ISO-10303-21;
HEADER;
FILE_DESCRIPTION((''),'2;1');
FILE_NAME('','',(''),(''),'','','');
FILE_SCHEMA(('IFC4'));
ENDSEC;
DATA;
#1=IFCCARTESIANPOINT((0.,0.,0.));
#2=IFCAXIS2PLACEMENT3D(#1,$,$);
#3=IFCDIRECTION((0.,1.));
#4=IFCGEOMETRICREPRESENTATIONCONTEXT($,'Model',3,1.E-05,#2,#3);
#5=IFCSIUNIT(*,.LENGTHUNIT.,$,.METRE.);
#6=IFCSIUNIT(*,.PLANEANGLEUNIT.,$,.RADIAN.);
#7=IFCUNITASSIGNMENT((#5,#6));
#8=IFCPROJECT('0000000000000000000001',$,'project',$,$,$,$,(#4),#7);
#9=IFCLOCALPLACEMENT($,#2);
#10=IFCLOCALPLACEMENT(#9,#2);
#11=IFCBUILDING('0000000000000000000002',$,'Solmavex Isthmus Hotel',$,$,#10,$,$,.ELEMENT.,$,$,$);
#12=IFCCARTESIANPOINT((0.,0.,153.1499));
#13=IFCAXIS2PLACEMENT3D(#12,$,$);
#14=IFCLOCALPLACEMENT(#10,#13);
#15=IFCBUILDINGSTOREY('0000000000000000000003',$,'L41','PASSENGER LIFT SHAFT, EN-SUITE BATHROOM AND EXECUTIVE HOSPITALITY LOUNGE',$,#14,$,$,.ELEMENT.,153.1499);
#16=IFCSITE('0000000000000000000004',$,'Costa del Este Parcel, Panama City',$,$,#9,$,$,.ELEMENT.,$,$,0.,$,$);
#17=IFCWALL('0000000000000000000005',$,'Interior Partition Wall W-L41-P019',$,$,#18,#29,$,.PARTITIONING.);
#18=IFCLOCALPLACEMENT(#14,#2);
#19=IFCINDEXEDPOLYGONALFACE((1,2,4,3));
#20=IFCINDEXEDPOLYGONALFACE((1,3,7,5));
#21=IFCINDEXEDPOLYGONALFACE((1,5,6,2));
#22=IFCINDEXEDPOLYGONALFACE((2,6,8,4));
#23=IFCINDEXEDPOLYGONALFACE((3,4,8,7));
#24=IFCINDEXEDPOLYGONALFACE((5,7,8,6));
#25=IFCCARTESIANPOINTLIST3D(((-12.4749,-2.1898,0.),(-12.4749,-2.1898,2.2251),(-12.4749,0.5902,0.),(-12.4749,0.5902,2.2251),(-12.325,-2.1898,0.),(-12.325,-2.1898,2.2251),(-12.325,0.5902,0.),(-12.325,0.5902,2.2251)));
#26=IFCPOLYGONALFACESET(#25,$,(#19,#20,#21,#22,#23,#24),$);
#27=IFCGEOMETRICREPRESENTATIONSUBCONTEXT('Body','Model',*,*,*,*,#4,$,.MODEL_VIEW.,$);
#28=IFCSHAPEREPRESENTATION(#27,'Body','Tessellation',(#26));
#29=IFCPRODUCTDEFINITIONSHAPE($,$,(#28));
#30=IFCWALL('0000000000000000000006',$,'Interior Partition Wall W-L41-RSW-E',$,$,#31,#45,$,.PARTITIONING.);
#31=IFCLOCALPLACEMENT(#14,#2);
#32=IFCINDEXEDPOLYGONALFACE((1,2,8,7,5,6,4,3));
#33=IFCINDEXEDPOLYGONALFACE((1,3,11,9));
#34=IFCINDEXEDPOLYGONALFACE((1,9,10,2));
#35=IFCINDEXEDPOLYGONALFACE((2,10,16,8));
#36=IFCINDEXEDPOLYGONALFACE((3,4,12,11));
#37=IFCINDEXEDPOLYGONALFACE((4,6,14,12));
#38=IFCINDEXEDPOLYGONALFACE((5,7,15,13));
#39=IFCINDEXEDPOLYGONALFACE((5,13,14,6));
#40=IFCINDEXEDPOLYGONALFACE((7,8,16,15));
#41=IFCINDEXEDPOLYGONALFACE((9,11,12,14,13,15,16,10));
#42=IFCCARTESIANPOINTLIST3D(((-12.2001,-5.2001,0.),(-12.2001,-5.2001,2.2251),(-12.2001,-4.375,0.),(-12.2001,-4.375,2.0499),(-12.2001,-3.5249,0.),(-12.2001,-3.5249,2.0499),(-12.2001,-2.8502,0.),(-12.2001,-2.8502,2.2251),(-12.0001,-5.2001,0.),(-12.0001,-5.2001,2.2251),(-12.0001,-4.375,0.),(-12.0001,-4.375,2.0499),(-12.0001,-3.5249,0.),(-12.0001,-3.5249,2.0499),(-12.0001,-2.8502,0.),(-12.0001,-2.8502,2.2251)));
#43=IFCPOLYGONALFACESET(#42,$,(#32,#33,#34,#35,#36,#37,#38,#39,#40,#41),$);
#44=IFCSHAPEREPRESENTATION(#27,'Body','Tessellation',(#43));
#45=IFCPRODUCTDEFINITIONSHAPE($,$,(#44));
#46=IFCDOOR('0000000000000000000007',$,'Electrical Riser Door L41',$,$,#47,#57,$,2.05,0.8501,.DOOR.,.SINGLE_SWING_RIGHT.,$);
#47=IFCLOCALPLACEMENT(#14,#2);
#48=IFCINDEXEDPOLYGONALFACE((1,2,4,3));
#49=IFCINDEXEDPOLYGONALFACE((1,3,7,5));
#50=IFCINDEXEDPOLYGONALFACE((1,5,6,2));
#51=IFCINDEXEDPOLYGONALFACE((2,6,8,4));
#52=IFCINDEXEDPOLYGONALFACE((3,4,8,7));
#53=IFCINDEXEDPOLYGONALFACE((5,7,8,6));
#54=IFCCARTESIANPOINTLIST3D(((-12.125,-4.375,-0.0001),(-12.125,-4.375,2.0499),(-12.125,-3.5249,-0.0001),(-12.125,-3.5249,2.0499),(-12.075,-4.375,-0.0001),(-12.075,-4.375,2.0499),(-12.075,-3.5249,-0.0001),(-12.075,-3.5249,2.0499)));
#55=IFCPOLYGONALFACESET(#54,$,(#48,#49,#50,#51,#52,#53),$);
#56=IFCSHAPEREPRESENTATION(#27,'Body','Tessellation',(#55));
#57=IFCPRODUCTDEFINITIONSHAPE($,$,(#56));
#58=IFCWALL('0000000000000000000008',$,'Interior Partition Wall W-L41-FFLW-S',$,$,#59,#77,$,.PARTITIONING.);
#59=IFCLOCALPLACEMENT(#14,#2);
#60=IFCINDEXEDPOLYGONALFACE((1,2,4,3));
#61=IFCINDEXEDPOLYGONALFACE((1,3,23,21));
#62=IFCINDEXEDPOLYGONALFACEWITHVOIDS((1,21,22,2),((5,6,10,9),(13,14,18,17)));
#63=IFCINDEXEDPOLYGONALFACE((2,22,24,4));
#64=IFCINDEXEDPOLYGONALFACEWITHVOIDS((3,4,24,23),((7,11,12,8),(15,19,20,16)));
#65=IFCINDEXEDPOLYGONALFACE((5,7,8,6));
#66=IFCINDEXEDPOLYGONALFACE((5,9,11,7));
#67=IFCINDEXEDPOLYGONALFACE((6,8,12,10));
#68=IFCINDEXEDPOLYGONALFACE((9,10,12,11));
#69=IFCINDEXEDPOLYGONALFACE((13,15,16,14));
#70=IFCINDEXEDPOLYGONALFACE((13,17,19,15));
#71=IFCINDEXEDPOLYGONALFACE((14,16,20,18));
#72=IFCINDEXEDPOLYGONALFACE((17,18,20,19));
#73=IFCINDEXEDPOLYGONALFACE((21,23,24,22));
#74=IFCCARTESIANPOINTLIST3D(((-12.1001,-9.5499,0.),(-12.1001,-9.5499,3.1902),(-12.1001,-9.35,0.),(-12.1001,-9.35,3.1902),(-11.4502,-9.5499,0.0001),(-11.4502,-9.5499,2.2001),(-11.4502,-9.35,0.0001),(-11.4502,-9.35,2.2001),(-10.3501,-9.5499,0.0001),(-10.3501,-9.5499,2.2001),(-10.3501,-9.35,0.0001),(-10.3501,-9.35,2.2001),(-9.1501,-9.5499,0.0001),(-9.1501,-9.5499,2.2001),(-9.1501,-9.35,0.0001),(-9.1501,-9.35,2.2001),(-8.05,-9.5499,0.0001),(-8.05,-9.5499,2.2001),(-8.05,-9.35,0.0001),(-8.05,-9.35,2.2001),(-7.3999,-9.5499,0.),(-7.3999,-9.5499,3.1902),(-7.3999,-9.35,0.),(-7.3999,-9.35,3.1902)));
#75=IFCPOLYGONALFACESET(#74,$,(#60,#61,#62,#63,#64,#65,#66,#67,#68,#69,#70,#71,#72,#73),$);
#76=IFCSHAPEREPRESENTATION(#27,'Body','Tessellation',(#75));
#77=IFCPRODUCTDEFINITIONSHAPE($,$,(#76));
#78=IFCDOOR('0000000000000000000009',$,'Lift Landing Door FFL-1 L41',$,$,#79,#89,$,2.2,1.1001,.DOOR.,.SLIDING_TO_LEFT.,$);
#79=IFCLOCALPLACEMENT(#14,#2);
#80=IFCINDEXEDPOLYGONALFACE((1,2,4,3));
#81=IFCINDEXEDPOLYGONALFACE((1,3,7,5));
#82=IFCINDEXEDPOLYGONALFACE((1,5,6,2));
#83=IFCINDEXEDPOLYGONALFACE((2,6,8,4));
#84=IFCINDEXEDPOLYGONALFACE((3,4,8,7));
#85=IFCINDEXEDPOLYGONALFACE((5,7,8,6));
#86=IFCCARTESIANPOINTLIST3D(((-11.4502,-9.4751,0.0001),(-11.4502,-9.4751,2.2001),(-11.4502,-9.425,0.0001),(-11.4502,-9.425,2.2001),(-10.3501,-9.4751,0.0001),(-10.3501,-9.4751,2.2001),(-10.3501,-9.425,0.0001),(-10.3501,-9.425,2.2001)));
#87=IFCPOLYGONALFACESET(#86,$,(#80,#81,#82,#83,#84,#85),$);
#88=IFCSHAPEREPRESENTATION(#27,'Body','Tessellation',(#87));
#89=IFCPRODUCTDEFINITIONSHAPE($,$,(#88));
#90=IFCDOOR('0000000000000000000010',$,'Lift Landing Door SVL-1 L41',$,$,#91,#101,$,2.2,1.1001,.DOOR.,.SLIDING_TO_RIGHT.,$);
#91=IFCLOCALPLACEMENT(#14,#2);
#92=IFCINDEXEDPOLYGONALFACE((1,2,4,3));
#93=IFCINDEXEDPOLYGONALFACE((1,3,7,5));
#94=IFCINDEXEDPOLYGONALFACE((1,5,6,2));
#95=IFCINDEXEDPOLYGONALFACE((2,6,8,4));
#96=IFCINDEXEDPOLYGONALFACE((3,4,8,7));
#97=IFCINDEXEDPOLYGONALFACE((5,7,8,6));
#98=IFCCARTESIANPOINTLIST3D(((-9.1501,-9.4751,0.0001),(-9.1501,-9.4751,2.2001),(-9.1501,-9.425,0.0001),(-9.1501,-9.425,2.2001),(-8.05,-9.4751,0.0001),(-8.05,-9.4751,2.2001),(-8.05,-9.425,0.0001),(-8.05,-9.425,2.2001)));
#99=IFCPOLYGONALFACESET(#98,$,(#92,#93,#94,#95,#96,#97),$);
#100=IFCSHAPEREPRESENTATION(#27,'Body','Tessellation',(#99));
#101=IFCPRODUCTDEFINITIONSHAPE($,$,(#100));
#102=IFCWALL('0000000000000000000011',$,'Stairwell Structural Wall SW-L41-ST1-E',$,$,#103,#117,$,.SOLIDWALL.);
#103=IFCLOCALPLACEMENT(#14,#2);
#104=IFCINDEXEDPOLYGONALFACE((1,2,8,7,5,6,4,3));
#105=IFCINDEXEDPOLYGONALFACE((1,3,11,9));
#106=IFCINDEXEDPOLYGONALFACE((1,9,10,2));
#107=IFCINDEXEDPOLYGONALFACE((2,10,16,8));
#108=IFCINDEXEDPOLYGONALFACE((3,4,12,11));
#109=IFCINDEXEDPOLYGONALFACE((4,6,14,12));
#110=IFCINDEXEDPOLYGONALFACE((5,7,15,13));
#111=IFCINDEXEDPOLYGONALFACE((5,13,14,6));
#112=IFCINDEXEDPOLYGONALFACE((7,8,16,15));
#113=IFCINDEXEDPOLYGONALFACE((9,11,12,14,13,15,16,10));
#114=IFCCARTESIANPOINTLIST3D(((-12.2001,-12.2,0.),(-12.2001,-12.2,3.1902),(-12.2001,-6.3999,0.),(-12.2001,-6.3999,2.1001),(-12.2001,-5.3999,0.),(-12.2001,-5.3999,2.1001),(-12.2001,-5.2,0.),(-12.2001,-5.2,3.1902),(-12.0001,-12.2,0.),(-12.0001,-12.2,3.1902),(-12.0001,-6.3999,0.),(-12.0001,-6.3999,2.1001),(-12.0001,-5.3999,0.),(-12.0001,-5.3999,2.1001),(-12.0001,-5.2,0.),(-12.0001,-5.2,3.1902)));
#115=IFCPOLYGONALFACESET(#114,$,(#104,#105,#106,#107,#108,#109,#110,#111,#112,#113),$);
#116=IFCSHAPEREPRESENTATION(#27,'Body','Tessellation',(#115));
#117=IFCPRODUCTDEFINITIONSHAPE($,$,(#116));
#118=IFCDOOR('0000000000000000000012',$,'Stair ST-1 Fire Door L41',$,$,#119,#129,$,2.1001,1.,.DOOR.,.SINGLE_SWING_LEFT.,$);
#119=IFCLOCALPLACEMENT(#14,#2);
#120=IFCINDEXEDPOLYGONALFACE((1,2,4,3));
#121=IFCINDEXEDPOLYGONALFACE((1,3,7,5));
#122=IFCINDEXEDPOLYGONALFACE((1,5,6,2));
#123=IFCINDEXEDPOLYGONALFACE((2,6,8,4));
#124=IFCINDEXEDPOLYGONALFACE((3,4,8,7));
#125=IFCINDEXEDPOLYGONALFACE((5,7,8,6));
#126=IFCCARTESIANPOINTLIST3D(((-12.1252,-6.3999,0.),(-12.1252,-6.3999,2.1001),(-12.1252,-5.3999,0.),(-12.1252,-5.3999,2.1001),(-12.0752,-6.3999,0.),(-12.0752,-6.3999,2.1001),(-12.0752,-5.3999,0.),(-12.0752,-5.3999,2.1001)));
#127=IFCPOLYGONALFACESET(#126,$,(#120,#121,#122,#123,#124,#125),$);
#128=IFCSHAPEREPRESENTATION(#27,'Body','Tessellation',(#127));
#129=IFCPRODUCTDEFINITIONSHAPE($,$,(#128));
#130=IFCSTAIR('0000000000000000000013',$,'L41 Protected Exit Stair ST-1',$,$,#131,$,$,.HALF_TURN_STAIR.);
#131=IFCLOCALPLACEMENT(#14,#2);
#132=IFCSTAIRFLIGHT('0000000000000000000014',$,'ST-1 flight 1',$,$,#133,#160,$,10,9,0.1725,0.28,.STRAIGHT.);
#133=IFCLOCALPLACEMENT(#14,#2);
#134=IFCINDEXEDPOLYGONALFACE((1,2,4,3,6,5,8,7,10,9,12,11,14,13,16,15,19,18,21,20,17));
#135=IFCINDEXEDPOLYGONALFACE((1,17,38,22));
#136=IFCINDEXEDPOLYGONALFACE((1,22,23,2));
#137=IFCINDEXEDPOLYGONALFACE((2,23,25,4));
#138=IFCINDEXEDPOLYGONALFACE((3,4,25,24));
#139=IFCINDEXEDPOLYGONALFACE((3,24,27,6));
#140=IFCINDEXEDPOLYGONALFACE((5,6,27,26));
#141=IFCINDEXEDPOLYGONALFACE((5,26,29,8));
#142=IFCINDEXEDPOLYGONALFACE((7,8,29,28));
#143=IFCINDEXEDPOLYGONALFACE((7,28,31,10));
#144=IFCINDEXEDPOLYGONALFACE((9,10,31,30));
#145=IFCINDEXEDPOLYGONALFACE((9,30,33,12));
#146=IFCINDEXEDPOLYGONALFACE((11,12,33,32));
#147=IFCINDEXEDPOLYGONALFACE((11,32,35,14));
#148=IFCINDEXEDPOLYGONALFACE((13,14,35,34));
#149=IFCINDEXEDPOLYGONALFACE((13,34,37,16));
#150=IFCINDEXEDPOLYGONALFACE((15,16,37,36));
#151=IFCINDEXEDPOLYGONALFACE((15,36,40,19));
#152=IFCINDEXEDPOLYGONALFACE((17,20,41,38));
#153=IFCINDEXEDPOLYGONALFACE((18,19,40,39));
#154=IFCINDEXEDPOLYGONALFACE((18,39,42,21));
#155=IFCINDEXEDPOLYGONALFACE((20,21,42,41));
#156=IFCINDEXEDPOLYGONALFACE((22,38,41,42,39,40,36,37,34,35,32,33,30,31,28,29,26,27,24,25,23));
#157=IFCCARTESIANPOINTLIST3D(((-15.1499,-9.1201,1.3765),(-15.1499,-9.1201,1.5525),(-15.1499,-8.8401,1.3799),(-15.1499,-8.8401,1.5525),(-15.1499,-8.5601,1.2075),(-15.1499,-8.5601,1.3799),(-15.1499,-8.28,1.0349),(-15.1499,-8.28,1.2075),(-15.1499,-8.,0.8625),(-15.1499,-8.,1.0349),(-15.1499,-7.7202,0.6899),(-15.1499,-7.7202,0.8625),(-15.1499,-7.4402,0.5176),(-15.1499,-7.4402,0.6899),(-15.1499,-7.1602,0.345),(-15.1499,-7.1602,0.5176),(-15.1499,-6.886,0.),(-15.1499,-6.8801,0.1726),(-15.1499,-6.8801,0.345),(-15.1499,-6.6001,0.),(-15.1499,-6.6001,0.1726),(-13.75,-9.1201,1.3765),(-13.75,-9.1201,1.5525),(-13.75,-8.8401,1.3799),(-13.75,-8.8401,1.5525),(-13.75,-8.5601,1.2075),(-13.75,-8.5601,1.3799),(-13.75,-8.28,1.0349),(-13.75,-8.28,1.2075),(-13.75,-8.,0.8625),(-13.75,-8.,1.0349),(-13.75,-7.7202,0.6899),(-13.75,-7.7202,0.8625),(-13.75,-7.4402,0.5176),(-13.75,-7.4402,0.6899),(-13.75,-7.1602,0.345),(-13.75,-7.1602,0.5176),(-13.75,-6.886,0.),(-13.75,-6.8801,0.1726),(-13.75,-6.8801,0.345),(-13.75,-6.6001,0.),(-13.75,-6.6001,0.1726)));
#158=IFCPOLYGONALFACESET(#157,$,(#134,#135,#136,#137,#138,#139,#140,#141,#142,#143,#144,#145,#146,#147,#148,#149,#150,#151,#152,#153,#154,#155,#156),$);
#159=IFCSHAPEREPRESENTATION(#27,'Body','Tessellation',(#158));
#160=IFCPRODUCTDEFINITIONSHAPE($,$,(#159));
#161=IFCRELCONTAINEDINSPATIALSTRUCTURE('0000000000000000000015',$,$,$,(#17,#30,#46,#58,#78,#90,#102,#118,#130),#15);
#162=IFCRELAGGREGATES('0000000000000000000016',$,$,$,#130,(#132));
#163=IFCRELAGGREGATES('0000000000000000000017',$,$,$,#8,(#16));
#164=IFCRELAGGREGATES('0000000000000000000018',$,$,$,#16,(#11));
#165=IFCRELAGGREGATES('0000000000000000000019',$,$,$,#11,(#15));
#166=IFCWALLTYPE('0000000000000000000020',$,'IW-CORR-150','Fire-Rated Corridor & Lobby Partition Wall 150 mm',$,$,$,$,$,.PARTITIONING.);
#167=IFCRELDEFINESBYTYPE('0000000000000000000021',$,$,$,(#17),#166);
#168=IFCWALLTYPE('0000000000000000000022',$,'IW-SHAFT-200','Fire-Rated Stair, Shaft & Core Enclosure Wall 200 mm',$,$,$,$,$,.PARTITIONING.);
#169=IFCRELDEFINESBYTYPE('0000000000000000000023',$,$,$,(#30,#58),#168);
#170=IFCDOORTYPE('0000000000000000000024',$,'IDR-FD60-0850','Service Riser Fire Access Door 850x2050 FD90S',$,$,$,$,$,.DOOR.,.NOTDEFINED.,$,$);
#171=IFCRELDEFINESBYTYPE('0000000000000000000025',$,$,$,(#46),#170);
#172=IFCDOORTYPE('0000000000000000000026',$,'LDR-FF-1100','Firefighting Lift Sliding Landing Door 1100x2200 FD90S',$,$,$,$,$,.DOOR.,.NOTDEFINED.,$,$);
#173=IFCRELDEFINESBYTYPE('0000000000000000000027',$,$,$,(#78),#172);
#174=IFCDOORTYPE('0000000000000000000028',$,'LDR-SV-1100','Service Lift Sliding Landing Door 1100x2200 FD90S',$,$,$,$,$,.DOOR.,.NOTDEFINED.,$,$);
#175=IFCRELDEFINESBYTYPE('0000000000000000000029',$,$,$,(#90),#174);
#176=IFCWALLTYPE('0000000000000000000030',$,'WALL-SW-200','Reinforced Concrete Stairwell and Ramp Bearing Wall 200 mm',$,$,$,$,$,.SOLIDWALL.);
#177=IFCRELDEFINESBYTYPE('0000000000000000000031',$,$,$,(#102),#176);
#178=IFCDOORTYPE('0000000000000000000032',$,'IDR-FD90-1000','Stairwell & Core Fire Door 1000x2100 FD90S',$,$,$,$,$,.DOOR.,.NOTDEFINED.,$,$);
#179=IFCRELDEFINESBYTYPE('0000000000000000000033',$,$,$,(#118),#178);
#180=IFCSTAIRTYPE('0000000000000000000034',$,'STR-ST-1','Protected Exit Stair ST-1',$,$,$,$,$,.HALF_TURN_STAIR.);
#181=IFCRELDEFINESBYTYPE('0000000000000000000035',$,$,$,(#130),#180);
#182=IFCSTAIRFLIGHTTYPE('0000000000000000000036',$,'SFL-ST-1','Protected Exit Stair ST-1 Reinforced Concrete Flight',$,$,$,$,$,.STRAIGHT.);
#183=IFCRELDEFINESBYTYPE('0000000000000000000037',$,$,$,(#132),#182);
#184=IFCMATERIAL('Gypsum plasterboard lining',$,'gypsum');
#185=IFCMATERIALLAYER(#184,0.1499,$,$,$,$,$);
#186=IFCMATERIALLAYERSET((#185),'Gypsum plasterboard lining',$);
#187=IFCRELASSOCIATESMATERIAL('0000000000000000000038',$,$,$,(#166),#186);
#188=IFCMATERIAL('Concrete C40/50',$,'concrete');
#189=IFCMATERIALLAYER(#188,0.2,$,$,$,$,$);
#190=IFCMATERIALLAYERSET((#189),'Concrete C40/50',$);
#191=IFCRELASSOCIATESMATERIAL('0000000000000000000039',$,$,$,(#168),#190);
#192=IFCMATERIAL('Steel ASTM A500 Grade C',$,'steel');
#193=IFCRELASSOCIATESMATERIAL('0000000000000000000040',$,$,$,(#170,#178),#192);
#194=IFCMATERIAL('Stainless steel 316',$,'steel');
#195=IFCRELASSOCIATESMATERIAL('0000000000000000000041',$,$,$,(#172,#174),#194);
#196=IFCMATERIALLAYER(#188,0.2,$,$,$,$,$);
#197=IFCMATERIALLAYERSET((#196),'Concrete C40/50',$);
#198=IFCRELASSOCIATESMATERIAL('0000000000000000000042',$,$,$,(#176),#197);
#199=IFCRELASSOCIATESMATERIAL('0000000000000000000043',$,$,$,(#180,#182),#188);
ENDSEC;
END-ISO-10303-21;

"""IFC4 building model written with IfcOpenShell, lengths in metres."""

from ifc_helpers import new_model, si_unit, direction, frame, frame_2d, origin, place, context, subcontext, project, spatial, polyline, rectangle, outline, extrude, material, layer, layer_set, type_object, element, fill, aggregate, save


model = new_model("IFC4")

# Units and contexts
model_context = context("Model", 3, precision=1e-05, world=origin(), true_north=direction((0.0, 1.0)))
body_context = subcontext(model_context, "Body", "Model", "MODEL_VIEW")
ifc_project = project(units=[si_unit("LENGTHUNIT", "METRE"), si_unit("PLANEANGLEUNIT", "RADIAN")], contexts=[model_context])

# Site, building, storey
site_placement = place(None, origin())
site = spatial("IfcSite", under=ifc_project, at=site_placement, Name="Costa del Este Parcel, Panama City", CompositionType="ELEMENT", RefElevation=0.0)
building_placement = place(site_placement, origin())
building = spatial("IfcBuilding", under=site, at=building_placement, Name="Solmavex Isthmus Hotel", CompositionType="ELEMENT")
storey_placement = place(building_placement, frame((0.0, 0.0, 153.1499)))
storey = spatial("IfcBuildingStorey", under=building, at=storey_placement, Name="L41", Description="PASSENGER LIFT SHAFT, EN-SUITE BATHROOM AND EXECUTIVE HOSPITALITY LOUNGE", CompositionType="ELEMENT", Elevation=153.1499)

# Wall
ifc_material_1 = material(Name="Gypsum plasterboard lining", Category="gypsum")
ifc_layer_1 = layer(ifc_material_1, 0.1499)
ifc_layer_set_1 = layer_set([ifc_layer_1], Name="Gypsum plasterboard lining")
wall_type_1 = type_object("IfcWallType", Name="IW-CORR-150", Description="Fire-Rated Corridor & Lobby Partition Wall 150 mm", PredefinedType="PARTITIONING", material=ifc_layer_set_1)
wall_1_placement = place(storey_placement, frame((-12.3999, -2.1899, 0.0), z_axis=(0.0, 0.0, 1.0), x_axis=(0.0, 1.0, 0.0)))
element("IfcWall", 1, at=wall_1_placement, inside=storey, type_object=wall_type_1, Name="Interior Partition Wall W-L41-P019", PredefinedType="PARTITIONING", context=body_context, shape_type="SweptSolid", body=[
    extrude(rectangle(XDim=2.78, YDim=0.1499, at=frame_2d((1.3901, 0.0))), origin(), (0.0, 0.0, 1.0), 2.2251),
])

# Wall, opening, door
ifc_material_2 = material(Name="Concrete C40/50", Category="concrete")
ifc_layer_2 = layer(ifc_material_2, 0.2)
ifc_layer_set_2 = layer_set([ifc_layer_2], Name="Concrete C40/50")
wall_type_2 = type_object("IfcWallType", Name="IW-SHAFT-200", Description="Fire-Rated Stair, Shaft & Core Enclosure Wall 200 mm", PredefinedType="PARTITIONING", material=ifc_layer_set_2)
wall_2_placement = place(storey_placement, frame((-12.1001, -5.2, 0.0), z_axis=(0.0, 0.0, 1.0), x_axis=(0.0, 1.0, 0.0)))
wall_2 = element("IfcWall", 2, at=wall_2_placement, inside=storey, type_object=wall_type_2, Name="Interior Partition Wall W-L41-RSW-E", PredefinedType="PARTITIONING", context=body_context, shape_type="SweptSolid", body=[
    extrude(rectangle(XDim=2.3499, YDim=0.2, at=frame_2d((1.1748, 0.0))), origin(), (0.0, 0.0, 1.0), 2.2251),
])
opening_1_placement = place(wall_2_placement, frame((0.825, 0.0, 0.0)))
opening_1 = element("IfcOpeningElement", 3, at=opening_1_placement, cuts=wall_2, PredefinedType="OPENING", context=body_context, shape_type="SweptSolid", body=[
    extrude(rectangle(XDim=0.8501, YDim=2.05, at=frame_2d((0.425, 1.0249))), frame((0.0, 0.1099, 0.0), z_axis=(0.0, -1.0, 0.0), x_axis=(1.0, 0.0, 0.0)), (0.0, 0.0, 1.0), 0.22),
])
ifc_material_3 = material(Name="Steel ASTM A500 Grade C", Category="steel")
door_type_1 = type_object("IfcDoorType", Name="IDR-FD60-0850", Description="Service Riser Fire Access Door 850x2050 FD90S", OperationType="NOTDEFINED", PredefinedType="DOOR", material=ifc_material_3)
door_1_placement = place(opening_1_placement, origin())
door_1 = element("IfcDoor", 4, at=door_1_placement, inside=storey, type_object=door_type_1, Name="Electrical Riser Door L41", OperationType="SINGLE_SWING_RIGHT", OverallHeight=2.05, OverallWidth=0.8501, PredefinedType="DOOR", context=body_context, shape_type="SweptSolid", body=[
    extrude(rectangle(XDim=0.8501, YDim=2.05, at=frame_2d((0.425, 1.0249))), frame((0.0, 0.0249, 0.0), z_axis=(0.0, -1.0, 0.0), x_axis=(1.0, 0.0, 0.0)), (0.0, 0.0, 1.0), 0.05),
])
fill(opening_1, door_1)

# Wall, openings, doors
wall_3_placement = place(storey_placement, frame((-12.1001, -9.45, 0.0), z_axis=(0.0, 0.0, 1.0), x_axis=(1.0, 0.0, 0.0)))
wall_3 = element("IfcWall", 5, at=wall_3_placement, inside=storey, type_object=wall_type_2, Name="Interior Partition Wall W-L41-FFLW-S", PredefinedType="PARTITIONING", context=body_context, shape_type="SweptSolid", body=[
    extrude(rectangle(XDim=4.7002, YDim=0.2, at=frame_2d((2.3501, 0.0))), origin(), (0.0, 0.0, 1.0), 3.1902),
])
opening_2_placement = place(wall_3_placement, frame((0.6499, 0.0, 0.0)))
opening_2 = element("IfcOpeningElement", 6, at=opening_2_placement, cuts=wall_3, PredefinedType="OPENING", context=body_context, shape_type="SweptSolid", body=[
    extrude(rectangle(XDim=1.1001, YDim=2.2, at=frame_2d((0.55, 1.1001))), frame((0.0, 0.1099, 0.0), z_axis=(0.0, -1.0, 0.0), x_axis=(1.0, 0.0, 0.0)), (0.0, 0.0, 1.0), 0.22),
])
opening_3_placement = place(wall_3_placement, frame((2.95, 0.0, 0.0)))
opening_3 = element("IfcOpeningElement", 7, at=opening_3_placement, cuts=wall_3, PredefinedType="OPENING", context=body_context, shape_type="SweptSolid", body=[
    extrude(rectangle(XDim=1.1001, YDim=2.2, at=frame_2d((0.55, 1.1001))), frame((0.0, 0.1099, 0.0), z_axis=(0.0, -1.0, 0.0), x_axis=(1.0, 0.0, 0.0)), (0.0, 0.0, 1.0), 0.22),
])
ifc_material_4 = material(Name="Stainless steel 316", Category="steel")
door_type_2 = type_object("IfcDoorType", Name="LDR-FF-1100", Description="Firefighting Lift Sliding Landing Door 1100x2200 FD90S", OperationType="NOTDEFINED", PredefinedType="DOOR", material=ifc_material_4)
door_2_placement = place(opening_2_placement, origin())
door_2 = element("IfcDoor", 8, at=door_2_placement, inside=storey, type_object=door_type_2, Name="Lift Landing Door FFL-1 L41", OperationType="SLIDING_TO_LEFT", OverallHeight=2.2, OverallWidth=1.1001, PredefinedType="DOOR", context=body_context, shape_type="SweptSolid", body=[
    extrude(rectangle(XDim=1.1001, YDim=2.2, at=frame_2d((0.55, 1.1001))), frame((0.0, 0.0249, 0.0), z_axis=(0.0, -1.0, 0.0), x_axis=(1.0, 0.0, 0.0)), (0.0, 0.0, 1.0), 0.05),
])
fill(opening_2, door_2)
door_type_3 = type_object("IfcDoorType", Name="LDR-SV-1100", Description="Service Lift Sliding Landing Door 1100x2200 FD90S", OperationType="NOTDEFINED", PredefinedType="DOOR", material=ifc_material_4)
door_3_placement = place(opening_3_placement, origin())
door_3 = element("IfcDoor", 9, at=door_3_placement, inside=storey, type_object=door_type_3, Name="Lift Landing Door SVL-1 L41", OperationType="SLIDING_TO_RIGHT", OverallHeight=2.2, OverallWidth=1.1001, PredefinedType="DOOR", context=body_context, shape_type="SweptSolid", body=[
    extrude(rectangle(XDim=1.1001, YDim=2.2, at=frame_2d((0.55, 1.1001))), frame((0.0, 0.0249, 0.0), z_axis=(0.0, -1.0, 0.0), x_axis=(1.0, 0.0, 0.0)), (0.0, 0.0, 1.0), 0.05),
])
fill(opening_3, door_3)

# Wall, opening, door
ifc_layer_3 = layer(ifc_material_2, 0.2)
ifc_layer_set_3 = layer_set([ifc_layer_3], Name="Concrete C40/50")
wall_type_3 = type_object("IfcWallType", Name="WALL-SW-200", Description="Reinforced Concrete Stairwell and Ramp Bearing Wall 200 mm", PredefinedType="SOLIDWALL", material=ifc_layer_set_3)
wall_4_placement = place(storey_placement, frame((-12.1001, -12.2, 0.0), z_axis=(0.0, 0.0, 1.0), x_axis=(0.0, 1.0, 0.0)))
wall_4 = element("IfcWall", 10, at=wall_4_placement, inside=storey, type_object=wall_type_3, Name="Stairwell Structural Wall SW-L41-ST1-E", PredefinedType="SOLIDWALL", context=body_context, shape_type="SweptSolid", body=[
    extrude(rectangle(XDim=7.0, YDim=0.2, at=frame_2d((3.5, 0.0))), origin(), (0.0, 0.0, 1.0), 3.1902),
])
opening_4_placement = place(wall_4_placement, frame((5.8, 0.0, 0.0)))
opening_4 = element("IfcOpeningElement", 11, at=opening_4_placement, cuts=wall_4, PredefinedType="OPENING", context=body_context, shape_type="SweptSolid", body=[
    extrude(rectangle(XDim=1.0, YDim=2.1001, at=frame_2d((0.5, 1.05))), frame((0.0, 0.1099, 0.0), z_axis=(0.0, -1.0, 0.0), x_axis=(1.0, 0.0, 0.0)), (0.0, 0.0, 1.0), 0.22),
])
door_type_4 = type_object("IfcDoorType", Name="IDR-FD90-1000", Description="Stairwell & Core Fire Door 1000x2100 FD90S", OperationType="NOTDEFINED", PredefinedType="DOOR", material=ifc_material_3)
door_4_placement = place(opening_4_placement, frame((1.0, 0.0, 0.0), z_axis=(0.0, 0.0, 1.0), x_axis=(-1.0, 0.0, 0.0)))
door_4 = element("IfcDoor", 12, at=door_4_placement, inside=storey, type_object=door_type_4, Name="Stair ST-1 Fire Door L41", OperationType="SINGLE_SWING_LEFT", OverallHeight=2.1001, OverallWidth=1.0, PredefinedType="DOOR", context=body_context, shape_type="SweptSolid", body=[
    extrude(rectangle(XDim=1.0, YDim=2.1001, at=frame_2d((0.5, 1.05))), frame((0.0, 0.0249, 0.0), z_axis=(0.0, -1.0, 0.0), x_axis=(1.0, 0.0, 0.0)), (0.0, 0.0, 1.0), 0.05),
])
fill(opening_4, door_4)

# Stair, stair flight
stair_type = type_object("IfcStairType", Name="STR-ST-1", Description="Protected Exit Stair ST-1", PredefinedType="HALF_TURN_STAIR", material=ifc_material_2)
stair_placement = place(storey_placement, origin())
stair = element("IfcStair", 13, at=stair_placement, inside=storey, type_object=stair_type, Name="L41 Protected Exit Stair ST-1", PredefinedType="HALF_TURN_STAIR")
stair_flight_type = type_object("IfcStairFlightType", Name="SFL-ST-1", Description="Protected Exit Stair ST-1 Reinforced Concrete Flight", PredefinedType="STRAIGHT", material=ifc_material_2)
stair_flight_1_placement = place(storey_placement, frame((-14.45, -6.6001, 0.0), z_axis=(0.0, 0.0, 1.0), x_axis=(0.0, -1.0, 0.0)))
stair_flight_1 = element("IfcStairFlight", 14, at=stair_flight_1_placement, type_object=stair_flight_type, Name="ST-1 flight 1", NumberOfRisers=10, NumberOfTreads=9, PredefinedType="STRAIGHT", RiserHeight=0.1725, TreadLength=0.28, context=body_context, shape_type="SweptSolid", body=[
    extrude(outline(polyline([(0.0, 0.0), (0.0, 0.1726), (0.28, 0.1726), (0.28, 0.345), (0.5601, 0.345), (0.5601, 0.5176), (0.8401, 0.5176), (0.8401, 0.6899), (1.1201, 0.6899), (1.1201, 0.8625), (1.3999, 0.8625), (1.3999, 1.0349), (1.6799, 1.0349), (1.6799, 1.2075), (1.96, 1.2075), (1.96, 1.3799), (2.24, 1.3799), (2.24, 1.5525), (2.52, 1.5525), (2.52, 1.7251), (2.52, 1.3765), (0.2859, 0.0), (0.0, 0.0)])), frame((0.0, 0.7, 0.0), z_axis=(0.0, -1.0, 0.0), x_axis=(1.0, 0.0, 0.0)), (0.0, 0.0, 1.0), 1.3999),
])
aggregate(stair, [stair_flight_1])

save(model, "model.ifc")
